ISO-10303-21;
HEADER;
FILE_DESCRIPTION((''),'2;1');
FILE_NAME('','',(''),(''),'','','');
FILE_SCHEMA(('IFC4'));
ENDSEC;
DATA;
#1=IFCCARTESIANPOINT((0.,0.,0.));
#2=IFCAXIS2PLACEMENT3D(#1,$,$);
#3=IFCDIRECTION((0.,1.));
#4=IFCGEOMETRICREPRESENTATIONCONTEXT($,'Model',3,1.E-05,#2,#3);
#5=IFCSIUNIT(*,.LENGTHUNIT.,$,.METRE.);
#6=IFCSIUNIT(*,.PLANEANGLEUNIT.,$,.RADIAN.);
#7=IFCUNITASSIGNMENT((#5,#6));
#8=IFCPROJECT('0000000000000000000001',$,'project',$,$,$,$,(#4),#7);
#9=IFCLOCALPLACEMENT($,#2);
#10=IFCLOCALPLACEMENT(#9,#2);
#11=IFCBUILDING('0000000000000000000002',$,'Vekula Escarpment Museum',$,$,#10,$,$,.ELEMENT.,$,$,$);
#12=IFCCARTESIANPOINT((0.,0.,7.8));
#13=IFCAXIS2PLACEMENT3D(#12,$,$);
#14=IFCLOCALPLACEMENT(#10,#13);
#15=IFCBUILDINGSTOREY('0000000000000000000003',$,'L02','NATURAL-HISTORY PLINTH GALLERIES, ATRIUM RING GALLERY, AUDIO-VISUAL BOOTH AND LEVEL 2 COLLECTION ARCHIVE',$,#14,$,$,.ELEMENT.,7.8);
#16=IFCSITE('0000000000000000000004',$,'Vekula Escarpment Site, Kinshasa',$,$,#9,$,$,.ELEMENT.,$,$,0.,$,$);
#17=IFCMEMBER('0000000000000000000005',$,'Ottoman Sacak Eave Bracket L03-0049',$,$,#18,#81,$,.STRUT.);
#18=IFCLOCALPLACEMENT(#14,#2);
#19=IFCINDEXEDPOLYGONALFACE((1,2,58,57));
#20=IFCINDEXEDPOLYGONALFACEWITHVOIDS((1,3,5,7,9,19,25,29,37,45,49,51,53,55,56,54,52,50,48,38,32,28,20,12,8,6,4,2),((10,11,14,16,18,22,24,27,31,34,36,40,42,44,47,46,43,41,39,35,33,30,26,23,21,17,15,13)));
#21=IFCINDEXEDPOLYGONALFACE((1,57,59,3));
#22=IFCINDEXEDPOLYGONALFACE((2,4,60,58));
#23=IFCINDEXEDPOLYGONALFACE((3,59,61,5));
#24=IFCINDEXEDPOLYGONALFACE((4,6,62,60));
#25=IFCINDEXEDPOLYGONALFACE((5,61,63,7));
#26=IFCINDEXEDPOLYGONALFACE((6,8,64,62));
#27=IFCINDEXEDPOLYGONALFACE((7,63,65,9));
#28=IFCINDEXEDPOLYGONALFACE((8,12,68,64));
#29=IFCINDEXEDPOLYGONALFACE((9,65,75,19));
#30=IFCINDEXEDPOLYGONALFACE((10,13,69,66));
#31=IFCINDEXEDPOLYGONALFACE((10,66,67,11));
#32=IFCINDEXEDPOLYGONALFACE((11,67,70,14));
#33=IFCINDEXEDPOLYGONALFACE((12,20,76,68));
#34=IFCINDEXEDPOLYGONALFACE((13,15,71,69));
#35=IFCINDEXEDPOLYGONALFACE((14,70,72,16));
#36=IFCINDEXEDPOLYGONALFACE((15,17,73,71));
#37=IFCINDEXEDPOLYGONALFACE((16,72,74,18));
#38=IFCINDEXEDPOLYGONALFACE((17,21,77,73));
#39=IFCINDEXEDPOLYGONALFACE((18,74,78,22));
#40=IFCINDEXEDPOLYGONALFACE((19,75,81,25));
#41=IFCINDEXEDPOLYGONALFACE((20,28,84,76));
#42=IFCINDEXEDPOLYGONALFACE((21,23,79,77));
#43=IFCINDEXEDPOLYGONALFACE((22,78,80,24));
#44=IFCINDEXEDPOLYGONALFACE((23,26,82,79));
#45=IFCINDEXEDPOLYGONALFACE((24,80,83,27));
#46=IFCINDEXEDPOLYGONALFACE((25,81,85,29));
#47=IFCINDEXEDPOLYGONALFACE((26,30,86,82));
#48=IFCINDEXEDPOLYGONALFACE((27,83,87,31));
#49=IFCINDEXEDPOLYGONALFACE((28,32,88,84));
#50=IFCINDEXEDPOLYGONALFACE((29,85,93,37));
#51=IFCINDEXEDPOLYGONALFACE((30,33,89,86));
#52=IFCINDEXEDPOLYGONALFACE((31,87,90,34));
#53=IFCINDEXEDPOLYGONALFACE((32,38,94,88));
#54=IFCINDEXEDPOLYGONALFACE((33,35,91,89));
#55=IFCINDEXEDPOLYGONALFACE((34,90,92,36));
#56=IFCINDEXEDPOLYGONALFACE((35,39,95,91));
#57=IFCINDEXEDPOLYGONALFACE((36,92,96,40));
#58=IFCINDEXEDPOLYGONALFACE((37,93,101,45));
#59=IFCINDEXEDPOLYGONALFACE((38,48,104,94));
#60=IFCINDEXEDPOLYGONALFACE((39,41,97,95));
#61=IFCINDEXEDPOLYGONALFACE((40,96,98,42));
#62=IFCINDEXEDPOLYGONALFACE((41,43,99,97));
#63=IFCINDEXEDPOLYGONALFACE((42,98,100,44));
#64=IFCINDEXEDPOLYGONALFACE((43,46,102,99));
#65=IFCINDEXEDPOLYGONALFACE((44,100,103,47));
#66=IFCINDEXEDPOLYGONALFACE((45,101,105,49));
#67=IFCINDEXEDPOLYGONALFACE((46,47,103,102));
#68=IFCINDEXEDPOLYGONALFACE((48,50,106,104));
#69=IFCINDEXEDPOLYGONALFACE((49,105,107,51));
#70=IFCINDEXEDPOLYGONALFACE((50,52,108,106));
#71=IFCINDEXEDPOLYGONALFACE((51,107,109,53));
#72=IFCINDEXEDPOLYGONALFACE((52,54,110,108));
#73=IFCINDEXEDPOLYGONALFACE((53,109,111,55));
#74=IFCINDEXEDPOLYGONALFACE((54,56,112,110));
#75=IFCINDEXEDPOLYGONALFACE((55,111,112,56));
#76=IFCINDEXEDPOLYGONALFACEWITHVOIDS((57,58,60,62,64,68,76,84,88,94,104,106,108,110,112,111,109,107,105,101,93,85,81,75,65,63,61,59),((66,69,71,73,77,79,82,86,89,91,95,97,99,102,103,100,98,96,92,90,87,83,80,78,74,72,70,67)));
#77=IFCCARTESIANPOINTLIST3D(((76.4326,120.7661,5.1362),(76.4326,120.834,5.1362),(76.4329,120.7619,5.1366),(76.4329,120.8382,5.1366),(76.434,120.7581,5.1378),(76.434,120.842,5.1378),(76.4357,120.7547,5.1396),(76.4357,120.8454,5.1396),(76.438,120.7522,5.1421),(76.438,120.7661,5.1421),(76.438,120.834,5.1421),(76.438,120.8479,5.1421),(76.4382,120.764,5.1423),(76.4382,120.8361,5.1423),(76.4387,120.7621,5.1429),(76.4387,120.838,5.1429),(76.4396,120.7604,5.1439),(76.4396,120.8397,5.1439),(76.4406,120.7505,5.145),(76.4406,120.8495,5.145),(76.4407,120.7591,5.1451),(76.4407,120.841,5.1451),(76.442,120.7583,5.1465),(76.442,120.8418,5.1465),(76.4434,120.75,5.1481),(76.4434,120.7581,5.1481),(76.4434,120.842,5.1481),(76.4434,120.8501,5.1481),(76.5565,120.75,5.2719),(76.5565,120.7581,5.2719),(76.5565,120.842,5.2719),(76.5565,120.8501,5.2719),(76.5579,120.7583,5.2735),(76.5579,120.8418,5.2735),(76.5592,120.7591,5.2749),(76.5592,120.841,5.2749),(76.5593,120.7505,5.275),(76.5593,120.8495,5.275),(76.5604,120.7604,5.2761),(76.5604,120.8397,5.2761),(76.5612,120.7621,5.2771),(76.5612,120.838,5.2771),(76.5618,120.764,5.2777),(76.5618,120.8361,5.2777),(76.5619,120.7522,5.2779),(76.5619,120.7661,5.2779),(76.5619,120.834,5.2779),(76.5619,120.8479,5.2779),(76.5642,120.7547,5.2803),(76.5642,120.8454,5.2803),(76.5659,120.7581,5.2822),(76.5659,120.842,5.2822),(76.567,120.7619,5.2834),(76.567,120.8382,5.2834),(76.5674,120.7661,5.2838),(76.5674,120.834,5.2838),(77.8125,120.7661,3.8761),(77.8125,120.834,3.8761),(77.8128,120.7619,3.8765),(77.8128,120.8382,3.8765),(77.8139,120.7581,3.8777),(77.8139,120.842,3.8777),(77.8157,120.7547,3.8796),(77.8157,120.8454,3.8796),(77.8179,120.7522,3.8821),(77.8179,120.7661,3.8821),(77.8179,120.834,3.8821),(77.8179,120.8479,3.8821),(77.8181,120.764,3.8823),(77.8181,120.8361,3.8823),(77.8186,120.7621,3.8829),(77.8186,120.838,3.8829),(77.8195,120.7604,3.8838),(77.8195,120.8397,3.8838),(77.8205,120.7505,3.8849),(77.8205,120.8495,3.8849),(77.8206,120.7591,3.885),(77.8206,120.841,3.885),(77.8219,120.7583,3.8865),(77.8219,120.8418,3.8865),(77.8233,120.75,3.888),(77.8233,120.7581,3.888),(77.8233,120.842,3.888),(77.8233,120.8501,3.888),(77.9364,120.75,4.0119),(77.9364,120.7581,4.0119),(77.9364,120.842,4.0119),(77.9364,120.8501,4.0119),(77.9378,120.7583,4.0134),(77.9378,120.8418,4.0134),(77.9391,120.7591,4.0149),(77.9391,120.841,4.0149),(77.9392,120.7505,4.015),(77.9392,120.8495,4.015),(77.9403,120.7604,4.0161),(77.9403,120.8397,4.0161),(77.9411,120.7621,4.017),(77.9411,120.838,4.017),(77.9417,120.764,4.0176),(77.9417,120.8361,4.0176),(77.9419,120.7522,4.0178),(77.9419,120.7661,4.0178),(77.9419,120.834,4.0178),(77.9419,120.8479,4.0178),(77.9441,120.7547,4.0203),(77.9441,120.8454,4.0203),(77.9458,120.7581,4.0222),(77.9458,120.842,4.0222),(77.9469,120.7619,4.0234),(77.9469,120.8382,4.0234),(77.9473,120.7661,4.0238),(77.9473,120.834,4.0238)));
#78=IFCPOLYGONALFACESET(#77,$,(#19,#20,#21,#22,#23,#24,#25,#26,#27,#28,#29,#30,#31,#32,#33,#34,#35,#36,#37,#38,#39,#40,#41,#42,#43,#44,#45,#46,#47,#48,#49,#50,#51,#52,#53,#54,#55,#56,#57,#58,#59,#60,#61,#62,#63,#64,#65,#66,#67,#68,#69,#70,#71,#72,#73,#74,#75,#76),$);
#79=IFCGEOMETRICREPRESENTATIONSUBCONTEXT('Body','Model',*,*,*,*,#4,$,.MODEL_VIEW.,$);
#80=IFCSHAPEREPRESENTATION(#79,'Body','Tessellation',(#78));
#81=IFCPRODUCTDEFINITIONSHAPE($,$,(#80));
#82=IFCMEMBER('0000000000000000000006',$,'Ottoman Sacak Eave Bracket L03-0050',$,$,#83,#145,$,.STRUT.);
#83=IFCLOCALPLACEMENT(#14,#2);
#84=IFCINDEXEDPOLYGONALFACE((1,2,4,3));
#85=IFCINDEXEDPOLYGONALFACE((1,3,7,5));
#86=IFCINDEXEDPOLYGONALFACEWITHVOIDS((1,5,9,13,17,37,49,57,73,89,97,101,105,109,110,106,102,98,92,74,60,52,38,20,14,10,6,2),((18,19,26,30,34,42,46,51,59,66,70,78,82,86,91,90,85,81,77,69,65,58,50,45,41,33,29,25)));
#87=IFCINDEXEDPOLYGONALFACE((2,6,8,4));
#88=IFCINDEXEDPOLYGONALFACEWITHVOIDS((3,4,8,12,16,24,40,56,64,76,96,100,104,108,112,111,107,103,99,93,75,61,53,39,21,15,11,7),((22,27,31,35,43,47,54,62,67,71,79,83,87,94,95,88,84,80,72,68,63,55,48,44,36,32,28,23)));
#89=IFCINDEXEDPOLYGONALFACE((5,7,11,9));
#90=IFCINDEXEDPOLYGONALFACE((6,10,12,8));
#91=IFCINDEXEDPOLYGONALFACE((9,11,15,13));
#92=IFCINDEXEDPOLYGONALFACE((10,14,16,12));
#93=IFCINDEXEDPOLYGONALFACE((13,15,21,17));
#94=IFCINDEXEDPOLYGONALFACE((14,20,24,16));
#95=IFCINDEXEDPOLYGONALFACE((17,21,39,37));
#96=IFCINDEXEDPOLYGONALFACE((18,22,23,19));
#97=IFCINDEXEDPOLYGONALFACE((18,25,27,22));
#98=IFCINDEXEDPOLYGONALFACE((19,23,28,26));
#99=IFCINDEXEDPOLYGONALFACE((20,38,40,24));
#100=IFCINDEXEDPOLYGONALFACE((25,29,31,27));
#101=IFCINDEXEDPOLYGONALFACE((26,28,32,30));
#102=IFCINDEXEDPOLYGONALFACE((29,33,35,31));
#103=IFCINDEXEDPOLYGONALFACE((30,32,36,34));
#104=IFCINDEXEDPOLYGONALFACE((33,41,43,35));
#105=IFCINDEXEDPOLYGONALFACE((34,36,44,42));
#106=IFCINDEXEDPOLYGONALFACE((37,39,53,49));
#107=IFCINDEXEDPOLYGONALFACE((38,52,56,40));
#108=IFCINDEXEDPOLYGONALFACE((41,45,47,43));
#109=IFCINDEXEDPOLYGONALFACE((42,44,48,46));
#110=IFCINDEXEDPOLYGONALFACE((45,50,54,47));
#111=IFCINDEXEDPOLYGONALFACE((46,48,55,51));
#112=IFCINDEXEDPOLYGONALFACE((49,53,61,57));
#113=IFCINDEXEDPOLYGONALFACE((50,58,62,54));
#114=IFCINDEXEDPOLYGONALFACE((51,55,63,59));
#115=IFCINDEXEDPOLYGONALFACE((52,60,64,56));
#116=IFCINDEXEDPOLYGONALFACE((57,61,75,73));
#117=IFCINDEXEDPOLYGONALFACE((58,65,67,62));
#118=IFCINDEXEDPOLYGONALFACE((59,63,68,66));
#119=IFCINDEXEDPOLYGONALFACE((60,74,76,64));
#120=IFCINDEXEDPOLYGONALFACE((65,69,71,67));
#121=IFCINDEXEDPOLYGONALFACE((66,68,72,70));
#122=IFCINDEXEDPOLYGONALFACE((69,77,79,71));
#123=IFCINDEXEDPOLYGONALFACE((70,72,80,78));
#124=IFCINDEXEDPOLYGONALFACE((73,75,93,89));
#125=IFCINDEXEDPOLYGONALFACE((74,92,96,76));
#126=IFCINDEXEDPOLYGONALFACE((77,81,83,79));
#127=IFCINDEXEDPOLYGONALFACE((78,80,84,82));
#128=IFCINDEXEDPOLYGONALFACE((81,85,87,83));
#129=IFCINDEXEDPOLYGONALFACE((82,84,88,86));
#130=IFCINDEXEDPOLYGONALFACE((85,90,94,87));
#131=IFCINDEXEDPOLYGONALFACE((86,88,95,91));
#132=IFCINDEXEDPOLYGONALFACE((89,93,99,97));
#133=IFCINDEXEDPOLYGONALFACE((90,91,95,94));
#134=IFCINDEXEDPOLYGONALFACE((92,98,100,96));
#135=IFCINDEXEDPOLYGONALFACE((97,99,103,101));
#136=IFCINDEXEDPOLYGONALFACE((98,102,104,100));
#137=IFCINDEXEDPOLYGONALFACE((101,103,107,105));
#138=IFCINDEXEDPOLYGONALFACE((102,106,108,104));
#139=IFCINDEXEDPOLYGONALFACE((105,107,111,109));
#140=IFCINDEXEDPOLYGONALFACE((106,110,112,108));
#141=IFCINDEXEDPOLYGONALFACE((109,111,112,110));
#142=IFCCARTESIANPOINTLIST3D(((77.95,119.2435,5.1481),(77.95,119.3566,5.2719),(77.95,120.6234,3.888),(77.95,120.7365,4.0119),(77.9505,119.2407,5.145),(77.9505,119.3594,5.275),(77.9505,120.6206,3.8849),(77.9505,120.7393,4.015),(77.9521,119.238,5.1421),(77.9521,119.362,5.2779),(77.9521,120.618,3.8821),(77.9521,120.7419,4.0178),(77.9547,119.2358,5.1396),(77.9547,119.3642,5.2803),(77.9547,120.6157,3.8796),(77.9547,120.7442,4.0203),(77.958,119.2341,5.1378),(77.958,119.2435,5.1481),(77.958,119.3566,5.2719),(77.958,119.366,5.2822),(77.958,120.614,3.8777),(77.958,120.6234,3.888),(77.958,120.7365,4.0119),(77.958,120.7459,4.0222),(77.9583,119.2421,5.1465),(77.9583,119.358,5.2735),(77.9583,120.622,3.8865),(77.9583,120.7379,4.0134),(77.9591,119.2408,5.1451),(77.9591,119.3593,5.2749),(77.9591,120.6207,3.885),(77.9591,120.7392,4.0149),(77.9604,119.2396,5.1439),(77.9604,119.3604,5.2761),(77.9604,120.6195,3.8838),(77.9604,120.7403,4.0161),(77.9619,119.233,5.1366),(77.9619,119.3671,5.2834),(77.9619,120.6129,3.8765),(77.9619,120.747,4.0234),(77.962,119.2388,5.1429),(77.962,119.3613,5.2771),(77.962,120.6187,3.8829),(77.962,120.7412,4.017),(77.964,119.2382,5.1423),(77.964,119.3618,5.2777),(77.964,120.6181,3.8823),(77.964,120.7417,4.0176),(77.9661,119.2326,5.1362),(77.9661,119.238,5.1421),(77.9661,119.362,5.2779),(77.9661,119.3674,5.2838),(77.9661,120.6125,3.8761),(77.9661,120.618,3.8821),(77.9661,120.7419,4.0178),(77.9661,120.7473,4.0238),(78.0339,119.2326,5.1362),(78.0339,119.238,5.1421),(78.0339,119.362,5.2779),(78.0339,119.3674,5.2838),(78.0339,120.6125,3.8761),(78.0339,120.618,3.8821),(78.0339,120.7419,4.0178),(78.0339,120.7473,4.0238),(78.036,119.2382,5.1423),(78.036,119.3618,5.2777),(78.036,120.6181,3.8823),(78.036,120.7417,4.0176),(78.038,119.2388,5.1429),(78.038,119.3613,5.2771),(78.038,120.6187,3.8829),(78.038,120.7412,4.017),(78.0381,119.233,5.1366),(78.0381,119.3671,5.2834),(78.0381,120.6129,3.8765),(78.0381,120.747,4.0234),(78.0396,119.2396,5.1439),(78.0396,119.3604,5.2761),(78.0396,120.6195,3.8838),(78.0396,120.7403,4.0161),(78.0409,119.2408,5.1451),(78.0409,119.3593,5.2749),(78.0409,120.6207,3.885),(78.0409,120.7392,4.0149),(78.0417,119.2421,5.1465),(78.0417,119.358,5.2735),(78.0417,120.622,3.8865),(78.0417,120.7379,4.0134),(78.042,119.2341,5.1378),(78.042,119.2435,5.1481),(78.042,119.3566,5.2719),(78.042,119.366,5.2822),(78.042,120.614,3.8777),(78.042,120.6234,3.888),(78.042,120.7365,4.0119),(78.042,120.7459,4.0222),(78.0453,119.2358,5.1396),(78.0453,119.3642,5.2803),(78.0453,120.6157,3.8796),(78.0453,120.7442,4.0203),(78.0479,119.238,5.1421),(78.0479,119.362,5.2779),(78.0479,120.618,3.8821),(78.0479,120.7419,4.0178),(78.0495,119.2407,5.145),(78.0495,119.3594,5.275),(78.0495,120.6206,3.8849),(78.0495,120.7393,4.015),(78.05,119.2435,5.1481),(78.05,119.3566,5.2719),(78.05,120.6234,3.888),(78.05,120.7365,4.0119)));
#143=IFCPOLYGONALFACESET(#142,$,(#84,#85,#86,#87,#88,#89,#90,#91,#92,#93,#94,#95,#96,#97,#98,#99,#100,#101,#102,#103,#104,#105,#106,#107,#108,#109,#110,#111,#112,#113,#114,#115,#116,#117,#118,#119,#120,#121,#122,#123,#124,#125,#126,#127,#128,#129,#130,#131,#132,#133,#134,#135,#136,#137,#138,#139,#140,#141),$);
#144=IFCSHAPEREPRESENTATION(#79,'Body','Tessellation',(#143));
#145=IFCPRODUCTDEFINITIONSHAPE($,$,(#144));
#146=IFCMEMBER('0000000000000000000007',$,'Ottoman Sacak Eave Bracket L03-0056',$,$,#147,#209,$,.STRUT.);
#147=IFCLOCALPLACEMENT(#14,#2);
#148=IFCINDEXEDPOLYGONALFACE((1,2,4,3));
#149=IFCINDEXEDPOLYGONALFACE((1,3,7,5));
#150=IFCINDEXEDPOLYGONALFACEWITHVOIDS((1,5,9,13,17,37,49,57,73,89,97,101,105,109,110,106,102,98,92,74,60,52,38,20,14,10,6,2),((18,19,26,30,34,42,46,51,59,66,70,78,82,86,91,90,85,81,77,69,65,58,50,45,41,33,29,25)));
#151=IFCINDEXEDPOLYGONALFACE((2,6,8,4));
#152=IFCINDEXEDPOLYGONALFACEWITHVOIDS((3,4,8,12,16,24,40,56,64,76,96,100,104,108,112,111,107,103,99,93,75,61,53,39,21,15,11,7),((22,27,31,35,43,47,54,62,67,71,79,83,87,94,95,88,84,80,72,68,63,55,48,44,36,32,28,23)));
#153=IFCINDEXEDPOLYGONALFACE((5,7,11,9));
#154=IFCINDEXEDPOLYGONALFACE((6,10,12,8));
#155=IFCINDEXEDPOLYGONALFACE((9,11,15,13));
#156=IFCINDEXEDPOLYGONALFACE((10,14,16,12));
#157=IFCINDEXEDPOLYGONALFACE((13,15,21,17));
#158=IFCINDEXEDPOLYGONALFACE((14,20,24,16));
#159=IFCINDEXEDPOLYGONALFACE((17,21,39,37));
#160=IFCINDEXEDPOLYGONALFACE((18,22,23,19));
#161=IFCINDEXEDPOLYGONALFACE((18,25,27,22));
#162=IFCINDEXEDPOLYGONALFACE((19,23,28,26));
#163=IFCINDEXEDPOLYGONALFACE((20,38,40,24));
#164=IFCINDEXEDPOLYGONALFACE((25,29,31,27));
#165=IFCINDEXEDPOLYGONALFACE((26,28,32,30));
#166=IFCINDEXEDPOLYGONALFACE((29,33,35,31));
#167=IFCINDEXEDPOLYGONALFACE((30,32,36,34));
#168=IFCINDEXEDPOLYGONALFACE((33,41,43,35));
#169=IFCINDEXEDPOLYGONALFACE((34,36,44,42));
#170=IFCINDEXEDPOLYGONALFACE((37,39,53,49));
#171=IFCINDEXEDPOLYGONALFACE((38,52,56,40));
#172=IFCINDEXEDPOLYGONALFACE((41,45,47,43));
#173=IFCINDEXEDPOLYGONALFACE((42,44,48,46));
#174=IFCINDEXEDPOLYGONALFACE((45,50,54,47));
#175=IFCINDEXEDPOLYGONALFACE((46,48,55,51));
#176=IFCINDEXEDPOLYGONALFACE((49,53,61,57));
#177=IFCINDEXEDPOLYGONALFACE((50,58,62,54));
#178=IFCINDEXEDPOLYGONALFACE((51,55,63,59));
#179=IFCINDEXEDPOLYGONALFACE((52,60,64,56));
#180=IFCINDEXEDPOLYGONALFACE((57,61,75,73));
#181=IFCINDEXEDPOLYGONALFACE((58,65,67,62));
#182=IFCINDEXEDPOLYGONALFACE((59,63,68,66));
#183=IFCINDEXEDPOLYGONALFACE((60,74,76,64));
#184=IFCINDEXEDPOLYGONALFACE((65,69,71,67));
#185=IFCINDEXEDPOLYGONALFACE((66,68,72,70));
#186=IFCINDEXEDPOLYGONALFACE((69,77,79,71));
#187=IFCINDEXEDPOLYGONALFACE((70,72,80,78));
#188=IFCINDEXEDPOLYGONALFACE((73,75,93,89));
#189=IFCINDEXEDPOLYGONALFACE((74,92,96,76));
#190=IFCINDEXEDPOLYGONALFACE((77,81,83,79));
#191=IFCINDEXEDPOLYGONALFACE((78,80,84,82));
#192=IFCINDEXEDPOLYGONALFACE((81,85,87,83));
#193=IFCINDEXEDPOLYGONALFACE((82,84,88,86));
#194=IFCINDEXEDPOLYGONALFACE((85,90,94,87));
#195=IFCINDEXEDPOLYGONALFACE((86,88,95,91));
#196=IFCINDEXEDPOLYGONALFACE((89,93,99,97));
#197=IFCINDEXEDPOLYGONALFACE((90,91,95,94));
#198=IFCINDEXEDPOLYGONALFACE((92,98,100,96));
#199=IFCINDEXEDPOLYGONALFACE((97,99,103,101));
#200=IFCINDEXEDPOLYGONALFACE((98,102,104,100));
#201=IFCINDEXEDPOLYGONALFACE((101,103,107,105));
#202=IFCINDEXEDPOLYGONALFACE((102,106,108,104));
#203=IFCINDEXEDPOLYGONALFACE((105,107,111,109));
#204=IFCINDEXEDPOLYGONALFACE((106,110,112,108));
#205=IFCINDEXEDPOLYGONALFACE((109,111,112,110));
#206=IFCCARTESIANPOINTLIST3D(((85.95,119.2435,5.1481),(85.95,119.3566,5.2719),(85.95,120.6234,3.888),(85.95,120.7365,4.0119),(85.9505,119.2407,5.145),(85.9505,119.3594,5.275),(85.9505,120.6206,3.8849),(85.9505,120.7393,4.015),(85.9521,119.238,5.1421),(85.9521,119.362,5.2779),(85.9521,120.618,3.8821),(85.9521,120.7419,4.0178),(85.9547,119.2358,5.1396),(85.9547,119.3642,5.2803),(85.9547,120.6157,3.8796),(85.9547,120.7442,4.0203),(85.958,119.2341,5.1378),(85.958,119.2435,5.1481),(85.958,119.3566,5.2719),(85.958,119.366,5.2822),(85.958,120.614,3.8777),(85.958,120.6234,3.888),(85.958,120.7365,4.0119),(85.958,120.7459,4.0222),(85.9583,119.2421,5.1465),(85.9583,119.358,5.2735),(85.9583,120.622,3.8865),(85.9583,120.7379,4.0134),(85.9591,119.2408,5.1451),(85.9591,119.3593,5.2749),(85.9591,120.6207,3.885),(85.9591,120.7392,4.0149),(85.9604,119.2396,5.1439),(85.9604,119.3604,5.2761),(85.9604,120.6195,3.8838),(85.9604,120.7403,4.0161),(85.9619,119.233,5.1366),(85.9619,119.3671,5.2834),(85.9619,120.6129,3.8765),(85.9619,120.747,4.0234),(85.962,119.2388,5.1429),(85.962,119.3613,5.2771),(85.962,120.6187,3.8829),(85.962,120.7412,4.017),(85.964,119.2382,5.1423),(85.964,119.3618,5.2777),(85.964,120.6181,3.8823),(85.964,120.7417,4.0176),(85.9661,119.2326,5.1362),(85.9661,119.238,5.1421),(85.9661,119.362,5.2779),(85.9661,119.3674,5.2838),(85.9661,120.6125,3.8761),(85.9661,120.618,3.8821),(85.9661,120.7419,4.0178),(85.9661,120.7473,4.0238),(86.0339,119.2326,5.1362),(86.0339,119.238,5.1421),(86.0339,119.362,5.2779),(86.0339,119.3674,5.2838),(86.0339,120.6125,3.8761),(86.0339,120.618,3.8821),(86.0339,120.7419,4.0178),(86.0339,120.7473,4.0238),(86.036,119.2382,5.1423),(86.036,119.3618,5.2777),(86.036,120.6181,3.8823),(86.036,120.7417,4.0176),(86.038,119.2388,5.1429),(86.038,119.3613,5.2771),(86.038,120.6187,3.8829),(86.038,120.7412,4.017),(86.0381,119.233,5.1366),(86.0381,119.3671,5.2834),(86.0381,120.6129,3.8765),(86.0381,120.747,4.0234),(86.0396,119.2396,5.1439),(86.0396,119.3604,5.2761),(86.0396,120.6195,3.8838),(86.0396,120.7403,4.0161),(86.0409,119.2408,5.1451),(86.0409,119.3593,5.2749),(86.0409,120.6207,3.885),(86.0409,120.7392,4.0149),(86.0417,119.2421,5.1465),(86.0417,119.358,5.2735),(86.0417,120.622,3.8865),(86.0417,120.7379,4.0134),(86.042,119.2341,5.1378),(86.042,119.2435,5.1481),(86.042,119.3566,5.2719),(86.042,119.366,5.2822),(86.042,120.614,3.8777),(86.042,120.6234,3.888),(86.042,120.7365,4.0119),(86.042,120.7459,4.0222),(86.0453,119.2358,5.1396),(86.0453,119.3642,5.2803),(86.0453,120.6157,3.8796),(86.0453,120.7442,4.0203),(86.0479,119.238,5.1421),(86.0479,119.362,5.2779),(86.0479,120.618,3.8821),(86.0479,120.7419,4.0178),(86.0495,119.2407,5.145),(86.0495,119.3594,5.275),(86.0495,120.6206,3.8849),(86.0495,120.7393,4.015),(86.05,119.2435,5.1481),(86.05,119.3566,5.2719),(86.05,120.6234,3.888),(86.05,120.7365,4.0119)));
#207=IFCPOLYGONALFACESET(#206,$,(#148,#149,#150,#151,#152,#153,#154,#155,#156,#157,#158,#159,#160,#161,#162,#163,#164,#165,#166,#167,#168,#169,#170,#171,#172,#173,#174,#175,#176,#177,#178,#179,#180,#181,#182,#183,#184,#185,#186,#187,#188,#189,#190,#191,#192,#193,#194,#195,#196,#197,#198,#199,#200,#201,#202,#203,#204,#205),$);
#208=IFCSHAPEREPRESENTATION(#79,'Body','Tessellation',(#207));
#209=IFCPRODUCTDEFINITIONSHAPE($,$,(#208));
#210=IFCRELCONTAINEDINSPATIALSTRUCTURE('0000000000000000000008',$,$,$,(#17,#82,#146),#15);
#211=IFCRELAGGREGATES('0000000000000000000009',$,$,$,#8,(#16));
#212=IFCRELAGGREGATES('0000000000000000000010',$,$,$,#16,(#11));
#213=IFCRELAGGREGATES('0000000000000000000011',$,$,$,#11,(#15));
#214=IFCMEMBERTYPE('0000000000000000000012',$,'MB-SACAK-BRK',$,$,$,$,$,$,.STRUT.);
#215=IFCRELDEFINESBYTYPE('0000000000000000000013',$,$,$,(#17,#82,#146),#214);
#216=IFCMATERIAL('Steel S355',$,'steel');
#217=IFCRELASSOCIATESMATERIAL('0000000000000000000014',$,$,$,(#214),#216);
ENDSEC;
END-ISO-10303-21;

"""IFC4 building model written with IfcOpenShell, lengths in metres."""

from ifc_helpers import new_model, si_unit, direction, frame, origin, origin_2d, place, context, subcontext, project, spatial, hollow_rectangle, extrude, material, material_profile, profile_set, type_object, element, save


model = new_model("IFC4")

# Units and contexts
model_context = context("Model", 3, precision=1e-05, world=origin(), true_north=direction((0.0, 1.0)))
body_context = subcontext(model_context, "Body", "Model", "MODEL_VIEW")
ifc_project = project(units=[si_unit("LENGTHUNIT", "METRE"), si_unit("PLANEANGLEUNIT", "RADIAN")], contexts=[model_context])

# Site, building, storey
site_placement = place(None, origin())
site = spatial("IfcSite", under=ifc_project, at=site_placement, Name="Vekula Escarpment Site, Kinshasa", CompositionType="ELEMENT", RefElevation=0.0)
building_placement = place(site_placement, origin())
building = spatial("IfcBuilding", under=site, at=building_placement, Name="Vekula Escarpment Museum", CompositionType="ELEMENT")
storey_placement = place(building_placement, frame((0.0, 0.0, 7.8)))
storey = spatial("IfcBuildingStorey", under=building, at=storey_placement, Name="L02", Description="NATURAL-HISTORY PLINTH GALLERIES, ATRIUM RING GALLERY, AUDIO-VISUAL BOOTH AND LEVEL 2 COLLECTION ARCHIVE", CompositionType="ELEMENT", Elevation=7.8)

# Members
ifc_material_1 = material(Name="Steel S355", Category="steel")
ifc_material_profile_1 = material_profile(ifc_material_1, hollow_rectangle(XDim=0.1001, YDim=0.2, WallThickness=0.0081, InnerFilletRadius=0.0081, OuterFilletRadius=0.0161, at=origin_2d()), Name="RHS 200x100x8")
ifc_profile_set_1 = profile_set([ifc_material_profile_1], Name="Steel S355")
member_type_1 = type_object("IfcMemberType", Name="MB-SACAK-BRK", PredefinedType="STRUT", material=ifc_profile_set_1)
for number, where, z_axis, x_axis, name in (
    (1, (77.8799, 120.8, 3.95), (-0.738454, 0.0, 0.674303), (0.0, -1.0, 0.0), "Ottoman Sacak Eave Bracket L03-0049"),
    (2, (78.0, 120.6799, 3.95), (0.0, -0.738454, 0.674303), (1.0, 0.0, 0.0), "Ottoman Sacak Eave Bracket L03-0050"),
    (3, (86.0, 120.6799, 3.95), (0.0, -0.738454, 0.674303), (1.0, 0.0, 0.0), "Ottoman Sacak Eave Bracket L03-0056"),
):
    element("IfcMember", number, at=place(storey_placement, frame(where, z_axis=z_axis, x_axis=x_axis)), inside=storey, type_object=member_type_1, Name=name, PredefinedType="STRUT", context=body_context, shape_type="SweptSolid", body=[
        extrude(hollow_rectangle(XDim=0.1001, YDim=0.2, WallThickness=0.0081, InnerFilletRadius=0.0081, OuterFilletRadius=0.0161, at=origin_2d()), origin(), (0.0, 0.0, 1.0), 1.8687),
    ])

save(model, "model.ifc")
